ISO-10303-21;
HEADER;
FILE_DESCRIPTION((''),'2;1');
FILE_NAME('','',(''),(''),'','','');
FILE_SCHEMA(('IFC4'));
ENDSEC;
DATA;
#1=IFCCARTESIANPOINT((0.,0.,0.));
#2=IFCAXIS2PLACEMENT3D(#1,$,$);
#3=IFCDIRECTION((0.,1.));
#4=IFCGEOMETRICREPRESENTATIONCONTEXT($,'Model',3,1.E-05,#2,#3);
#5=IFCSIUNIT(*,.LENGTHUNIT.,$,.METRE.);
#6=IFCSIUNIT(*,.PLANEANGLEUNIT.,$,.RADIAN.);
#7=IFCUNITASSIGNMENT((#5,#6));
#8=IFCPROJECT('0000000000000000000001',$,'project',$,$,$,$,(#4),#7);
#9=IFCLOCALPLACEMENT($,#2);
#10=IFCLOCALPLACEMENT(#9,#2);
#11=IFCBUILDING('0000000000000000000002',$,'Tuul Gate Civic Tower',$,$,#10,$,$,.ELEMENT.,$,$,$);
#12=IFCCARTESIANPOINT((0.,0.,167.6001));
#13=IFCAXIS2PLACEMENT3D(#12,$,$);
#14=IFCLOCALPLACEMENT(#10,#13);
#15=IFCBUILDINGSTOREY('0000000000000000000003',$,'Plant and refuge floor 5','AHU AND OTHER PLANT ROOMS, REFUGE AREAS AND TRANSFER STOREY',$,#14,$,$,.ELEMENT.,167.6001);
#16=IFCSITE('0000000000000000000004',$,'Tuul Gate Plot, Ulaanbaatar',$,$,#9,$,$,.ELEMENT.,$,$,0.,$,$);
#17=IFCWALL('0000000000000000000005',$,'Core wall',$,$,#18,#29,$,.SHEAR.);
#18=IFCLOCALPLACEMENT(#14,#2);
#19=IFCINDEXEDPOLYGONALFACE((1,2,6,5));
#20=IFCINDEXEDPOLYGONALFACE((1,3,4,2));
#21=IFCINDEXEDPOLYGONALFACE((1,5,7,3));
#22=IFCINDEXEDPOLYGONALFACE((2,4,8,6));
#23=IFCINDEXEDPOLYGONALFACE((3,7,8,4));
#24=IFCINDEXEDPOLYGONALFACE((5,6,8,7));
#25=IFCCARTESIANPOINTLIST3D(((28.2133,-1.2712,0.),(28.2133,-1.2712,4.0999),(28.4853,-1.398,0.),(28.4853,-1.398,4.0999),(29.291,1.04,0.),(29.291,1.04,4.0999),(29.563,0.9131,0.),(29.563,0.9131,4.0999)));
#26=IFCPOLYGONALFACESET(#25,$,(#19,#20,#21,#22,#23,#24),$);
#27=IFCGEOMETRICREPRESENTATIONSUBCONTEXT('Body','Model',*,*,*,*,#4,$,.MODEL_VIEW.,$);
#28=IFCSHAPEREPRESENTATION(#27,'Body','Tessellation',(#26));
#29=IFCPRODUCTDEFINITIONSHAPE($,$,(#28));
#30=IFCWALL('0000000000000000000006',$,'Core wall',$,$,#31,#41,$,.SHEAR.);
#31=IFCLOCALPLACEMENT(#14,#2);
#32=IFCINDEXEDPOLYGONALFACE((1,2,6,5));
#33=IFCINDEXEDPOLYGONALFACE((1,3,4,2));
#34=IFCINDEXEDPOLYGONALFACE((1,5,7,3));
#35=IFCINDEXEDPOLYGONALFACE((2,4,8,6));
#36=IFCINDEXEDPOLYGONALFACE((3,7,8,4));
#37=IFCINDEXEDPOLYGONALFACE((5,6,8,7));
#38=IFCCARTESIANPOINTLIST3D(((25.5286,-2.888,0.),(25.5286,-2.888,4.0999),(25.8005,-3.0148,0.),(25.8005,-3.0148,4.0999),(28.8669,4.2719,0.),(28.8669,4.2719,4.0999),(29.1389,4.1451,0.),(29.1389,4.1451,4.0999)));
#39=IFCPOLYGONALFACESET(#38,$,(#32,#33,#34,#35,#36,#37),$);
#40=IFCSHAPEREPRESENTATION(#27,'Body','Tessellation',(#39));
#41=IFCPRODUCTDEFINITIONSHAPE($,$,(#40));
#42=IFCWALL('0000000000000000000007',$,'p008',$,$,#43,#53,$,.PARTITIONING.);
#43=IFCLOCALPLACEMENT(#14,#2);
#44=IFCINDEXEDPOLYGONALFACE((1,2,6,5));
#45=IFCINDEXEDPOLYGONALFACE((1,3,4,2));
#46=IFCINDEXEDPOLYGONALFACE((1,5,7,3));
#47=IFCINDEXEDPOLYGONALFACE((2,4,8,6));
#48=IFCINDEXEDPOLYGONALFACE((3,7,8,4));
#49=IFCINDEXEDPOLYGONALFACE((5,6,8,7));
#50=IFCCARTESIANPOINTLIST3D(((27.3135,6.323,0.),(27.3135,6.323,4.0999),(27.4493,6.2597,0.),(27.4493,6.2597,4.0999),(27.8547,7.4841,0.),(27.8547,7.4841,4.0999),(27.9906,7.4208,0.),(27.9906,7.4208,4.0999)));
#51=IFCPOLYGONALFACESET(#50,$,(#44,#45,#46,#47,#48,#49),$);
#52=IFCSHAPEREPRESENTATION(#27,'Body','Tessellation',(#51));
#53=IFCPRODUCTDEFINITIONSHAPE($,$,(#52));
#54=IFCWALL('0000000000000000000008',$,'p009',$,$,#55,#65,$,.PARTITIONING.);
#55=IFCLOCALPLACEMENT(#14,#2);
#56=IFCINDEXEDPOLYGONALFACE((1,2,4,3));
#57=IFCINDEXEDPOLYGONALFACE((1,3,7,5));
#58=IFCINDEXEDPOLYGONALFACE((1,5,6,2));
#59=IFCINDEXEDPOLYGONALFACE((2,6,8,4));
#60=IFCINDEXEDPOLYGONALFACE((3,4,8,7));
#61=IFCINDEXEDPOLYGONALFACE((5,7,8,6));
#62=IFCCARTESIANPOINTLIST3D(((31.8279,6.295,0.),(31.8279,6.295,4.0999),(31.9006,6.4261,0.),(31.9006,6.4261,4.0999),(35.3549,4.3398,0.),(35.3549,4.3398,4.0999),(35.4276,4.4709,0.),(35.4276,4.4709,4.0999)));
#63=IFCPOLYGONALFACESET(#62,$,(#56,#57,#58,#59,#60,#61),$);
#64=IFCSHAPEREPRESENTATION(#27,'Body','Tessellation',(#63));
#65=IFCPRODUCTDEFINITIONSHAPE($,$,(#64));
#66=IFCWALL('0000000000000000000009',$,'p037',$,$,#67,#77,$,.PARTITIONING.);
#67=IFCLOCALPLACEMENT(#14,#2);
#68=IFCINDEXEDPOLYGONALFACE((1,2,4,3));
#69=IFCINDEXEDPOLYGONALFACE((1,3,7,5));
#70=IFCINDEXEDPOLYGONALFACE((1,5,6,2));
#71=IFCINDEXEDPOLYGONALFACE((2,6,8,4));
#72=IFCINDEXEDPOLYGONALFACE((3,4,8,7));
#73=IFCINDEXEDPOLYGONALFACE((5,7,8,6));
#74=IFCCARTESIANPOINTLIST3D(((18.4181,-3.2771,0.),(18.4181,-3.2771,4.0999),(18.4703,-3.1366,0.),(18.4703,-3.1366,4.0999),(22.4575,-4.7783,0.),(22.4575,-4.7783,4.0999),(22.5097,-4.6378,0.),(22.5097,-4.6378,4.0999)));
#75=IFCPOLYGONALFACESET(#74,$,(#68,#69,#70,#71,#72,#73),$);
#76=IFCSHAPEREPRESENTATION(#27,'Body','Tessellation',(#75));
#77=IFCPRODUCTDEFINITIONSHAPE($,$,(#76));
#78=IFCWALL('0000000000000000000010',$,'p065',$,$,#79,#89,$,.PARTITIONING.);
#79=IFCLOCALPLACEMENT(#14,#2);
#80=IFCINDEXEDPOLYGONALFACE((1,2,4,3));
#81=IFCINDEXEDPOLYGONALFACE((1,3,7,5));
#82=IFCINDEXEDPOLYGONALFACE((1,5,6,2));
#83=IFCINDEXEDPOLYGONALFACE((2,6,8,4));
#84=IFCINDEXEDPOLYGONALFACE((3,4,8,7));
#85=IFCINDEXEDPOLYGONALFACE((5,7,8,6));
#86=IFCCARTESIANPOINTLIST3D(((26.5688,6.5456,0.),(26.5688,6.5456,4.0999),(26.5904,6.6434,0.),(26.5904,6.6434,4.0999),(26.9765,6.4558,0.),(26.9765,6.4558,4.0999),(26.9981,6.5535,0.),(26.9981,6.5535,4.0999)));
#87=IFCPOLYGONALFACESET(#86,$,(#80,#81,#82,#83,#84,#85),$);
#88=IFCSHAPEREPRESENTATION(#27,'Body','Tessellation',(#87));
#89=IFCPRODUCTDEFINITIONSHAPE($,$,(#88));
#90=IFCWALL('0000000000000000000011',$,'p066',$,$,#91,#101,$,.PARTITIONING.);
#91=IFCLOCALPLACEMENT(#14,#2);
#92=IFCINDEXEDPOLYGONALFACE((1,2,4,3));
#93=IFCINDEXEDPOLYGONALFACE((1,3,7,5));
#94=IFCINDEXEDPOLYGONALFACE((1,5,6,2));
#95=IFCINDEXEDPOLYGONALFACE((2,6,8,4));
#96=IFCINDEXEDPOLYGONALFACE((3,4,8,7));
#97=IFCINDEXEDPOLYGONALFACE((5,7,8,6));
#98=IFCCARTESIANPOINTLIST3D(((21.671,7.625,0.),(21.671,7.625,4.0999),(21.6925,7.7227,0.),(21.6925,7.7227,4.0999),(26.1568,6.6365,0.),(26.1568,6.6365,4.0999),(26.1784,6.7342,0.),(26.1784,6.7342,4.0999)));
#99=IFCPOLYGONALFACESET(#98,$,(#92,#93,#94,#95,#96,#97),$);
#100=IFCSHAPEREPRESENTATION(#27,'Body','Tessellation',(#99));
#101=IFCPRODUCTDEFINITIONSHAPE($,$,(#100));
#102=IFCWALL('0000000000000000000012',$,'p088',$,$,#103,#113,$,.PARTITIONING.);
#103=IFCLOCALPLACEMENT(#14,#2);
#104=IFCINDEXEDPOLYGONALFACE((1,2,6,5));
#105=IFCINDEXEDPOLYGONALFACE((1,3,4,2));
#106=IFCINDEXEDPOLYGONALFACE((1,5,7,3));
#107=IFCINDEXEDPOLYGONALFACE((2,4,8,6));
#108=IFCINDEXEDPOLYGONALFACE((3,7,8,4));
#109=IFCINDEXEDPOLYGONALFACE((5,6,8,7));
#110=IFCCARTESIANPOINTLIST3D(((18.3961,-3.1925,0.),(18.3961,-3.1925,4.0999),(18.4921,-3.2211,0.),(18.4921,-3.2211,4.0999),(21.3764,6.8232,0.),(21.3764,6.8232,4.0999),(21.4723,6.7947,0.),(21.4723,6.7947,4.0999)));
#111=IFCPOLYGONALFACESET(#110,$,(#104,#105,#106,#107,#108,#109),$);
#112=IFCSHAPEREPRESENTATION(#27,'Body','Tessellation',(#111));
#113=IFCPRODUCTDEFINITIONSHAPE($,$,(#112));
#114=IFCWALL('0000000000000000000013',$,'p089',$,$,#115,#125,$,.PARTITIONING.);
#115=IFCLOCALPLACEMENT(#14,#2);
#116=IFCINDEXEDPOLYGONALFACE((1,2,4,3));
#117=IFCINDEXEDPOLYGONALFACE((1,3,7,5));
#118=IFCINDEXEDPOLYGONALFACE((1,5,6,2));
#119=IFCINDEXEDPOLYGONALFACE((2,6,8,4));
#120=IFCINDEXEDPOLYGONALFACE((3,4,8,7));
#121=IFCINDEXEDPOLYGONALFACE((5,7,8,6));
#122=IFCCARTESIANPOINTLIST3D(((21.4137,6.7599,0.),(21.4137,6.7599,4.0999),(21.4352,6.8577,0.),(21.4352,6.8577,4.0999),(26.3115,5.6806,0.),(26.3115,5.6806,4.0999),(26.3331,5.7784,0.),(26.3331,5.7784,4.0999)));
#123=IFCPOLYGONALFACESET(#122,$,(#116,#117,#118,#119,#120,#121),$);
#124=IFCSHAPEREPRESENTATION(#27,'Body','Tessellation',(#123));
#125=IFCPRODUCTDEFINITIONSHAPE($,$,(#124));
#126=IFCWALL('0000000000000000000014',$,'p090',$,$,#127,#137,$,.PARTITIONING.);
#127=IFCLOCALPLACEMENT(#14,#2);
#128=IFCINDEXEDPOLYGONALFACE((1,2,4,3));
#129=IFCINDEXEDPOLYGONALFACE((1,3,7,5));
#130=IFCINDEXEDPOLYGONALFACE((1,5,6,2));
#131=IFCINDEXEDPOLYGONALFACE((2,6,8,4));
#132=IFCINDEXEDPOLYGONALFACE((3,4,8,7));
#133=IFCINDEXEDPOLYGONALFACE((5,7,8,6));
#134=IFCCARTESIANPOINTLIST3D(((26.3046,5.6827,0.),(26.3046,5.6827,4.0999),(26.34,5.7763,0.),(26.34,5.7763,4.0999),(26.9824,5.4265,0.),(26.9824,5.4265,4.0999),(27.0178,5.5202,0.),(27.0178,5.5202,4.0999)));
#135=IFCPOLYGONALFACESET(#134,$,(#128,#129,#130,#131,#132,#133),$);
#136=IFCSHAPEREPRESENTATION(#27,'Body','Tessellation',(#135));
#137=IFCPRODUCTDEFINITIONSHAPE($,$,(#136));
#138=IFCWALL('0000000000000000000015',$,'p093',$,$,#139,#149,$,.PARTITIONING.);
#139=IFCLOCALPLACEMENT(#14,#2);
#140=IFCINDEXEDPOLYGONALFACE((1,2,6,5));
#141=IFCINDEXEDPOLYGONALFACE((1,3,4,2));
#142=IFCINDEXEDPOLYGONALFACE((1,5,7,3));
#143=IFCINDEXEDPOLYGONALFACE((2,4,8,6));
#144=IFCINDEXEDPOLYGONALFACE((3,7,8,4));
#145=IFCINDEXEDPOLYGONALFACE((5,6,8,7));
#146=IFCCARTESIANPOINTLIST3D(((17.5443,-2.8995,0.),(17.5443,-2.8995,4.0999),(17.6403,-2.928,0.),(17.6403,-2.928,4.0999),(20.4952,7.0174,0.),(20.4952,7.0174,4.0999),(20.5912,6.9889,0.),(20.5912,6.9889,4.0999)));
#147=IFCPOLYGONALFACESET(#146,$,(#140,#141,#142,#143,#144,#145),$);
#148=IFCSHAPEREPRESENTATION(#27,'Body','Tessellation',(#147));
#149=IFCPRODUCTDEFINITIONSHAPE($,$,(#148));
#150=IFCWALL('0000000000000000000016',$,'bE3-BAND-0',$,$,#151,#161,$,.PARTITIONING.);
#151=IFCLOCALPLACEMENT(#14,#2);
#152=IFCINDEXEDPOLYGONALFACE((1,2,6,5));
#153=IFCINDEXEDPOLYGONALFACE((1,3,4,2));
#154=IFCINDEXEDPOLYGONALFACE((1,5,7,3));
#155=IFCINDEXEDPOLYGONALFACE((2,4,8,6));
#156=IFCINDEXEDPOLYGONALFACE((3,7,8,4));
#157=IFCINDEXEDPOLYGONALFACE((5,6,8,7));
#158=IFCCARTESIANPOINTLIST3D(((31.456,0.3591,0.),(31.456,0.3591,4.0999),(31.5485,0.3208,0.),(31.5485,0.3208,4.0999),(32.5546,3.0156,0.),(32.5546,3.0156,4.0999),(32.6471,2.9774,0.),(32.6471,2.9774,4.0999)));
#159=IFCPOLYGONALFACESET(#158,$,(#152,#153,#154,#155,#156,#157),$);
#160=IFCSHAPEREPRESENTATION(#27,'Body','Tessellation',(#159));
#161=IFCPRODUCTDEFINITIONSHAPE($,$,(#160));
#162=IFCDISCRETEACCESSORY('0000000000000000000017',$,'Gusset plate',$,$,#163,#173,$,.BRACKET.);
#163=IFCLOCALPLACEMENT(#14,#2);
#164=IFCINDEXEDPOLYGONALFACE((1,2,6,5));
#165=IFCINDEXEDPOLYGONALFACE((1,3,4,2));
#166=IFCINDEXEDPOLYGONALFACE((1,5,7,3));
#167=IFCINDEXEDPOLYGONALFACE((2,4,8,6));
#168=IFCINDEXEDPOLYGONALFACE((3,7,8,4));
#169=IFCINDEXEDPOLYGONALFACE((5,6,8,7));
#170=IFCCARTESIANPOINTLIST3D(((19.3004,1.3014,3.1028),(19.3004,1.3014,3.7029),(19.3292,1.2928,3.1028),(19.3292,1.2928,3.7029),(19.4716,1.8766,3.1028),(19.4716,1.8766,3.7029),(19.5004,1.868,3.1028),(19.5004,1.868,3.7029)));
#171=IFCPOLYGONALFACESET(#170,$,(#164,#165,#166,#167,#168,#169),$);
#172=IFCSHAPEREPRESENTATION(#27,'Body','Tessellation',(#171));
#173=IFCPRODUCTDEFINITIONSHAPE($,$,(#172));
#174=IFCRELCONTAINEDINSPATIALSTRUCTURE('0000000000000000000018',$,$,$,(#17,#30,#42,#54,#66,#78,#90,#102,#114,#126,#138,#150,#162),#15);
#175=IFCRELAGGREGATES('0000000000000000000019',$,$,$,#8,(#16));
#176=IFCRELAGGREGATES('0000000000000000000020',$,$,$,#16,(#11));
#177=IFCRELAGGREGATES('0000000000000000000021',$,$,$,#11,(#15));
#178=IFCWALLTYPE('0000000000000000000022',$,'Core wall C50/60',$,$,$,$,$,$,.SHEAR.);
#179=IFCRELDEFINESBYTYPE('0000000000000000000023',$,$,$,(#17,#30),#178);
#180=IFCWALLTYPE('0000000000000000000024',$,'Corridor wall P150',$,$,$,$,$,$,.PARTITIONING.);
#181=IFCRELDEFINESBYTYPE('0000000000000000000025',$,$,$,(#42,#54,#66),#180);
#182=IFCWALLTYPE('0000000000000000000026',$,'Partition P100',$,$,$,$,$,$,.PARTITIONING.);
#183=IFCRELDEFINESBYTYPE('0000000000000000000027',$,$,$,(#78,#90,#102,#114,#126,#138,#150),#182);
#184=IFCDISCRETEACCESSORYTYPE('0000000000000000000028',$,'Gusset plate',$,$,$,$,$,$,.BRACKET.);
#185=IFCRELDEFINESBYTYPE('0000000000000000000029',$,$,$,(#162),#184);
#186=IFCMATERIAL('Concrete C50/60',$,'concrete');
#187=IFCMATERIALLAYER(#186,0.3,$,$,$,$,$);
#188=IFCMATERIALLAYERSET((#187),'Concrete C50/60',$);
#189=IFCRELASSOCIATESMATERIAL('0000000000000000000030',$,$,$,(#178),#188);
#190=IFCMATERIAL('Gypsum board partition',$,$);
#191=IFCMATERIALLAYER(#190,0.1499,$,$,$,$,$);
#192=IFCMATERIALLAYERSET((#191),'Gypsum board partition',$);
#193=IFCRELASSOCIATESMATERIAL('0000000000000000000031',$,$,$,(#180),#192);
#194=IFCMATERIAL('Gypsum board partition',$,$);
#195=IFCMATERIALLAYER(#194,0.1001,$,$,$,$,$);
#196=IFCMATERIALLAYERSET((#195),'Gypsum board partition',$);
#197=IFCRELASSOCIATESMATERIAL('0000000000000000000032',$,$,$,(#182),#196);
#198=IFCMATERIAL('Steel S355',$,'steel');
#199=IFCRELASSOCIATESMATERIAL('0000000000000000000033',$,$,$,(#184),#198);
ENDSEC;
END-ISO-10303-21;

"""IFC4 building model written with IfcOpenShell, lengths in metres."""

from ifc_helpers import new_model, si_unit, direction, frame, frame_2d, origin, origin_2d, place, context, subcontext, project, spatial, rectangle, extrude, material, layer, layer_set, type_object, element, save


model = new_model("IFC4")

# Units and contexts
model_context = context("Model", 3, precision=1e-05, world=origin(), true_north=direction((0.0, 1.0)))
body_context = subcontext(model_context, "Body", "Model", "MODEL_VIEW")
ifc_project = project(units=[si_unit("LENGTHUNIT", "METRE"), si_unit("PLANEANGLEUNIT", "RADIAN")], contexts=[model_context])

# Site, building, storey
site_placement = place(None, origin())
site = spatial("IfcSite", under=ifc_project, at=site_placement, Name="Tuul Gate Plot, Ulaanbaatar", CompositionType="ELEMENT", RefElevation=0.0)
building_placement = place(site_placement, origin())
building = spatial("IfcBuilding", under=site, at=building_placement, Name="Tuul Gate Civic Tower", CompositionType="ELEMENT")
storey_placement = place(building_placement, frame((0.0, 0.0, 167.6001)))
storey = spatial("IfcBuildingStorey", under=building, at=storey_placement, Name="Plant and refuge floor 5", Description="AHU AND OTHER PLANT ROOMS, REFUGE AREAS AND TRANSFER STOREY", CompositionType="ELEMENT", Elevation=167.6001)

# Walls
ifc_material_1 = material(Name="Concrete C50/60", Category="concrete")
ifc_layer_1 = layer(ifc_material_1, 0.3)
ifc_layer_set_1 = layer_set([ifc_layer_1], Name="Concrete C50/60")
wall_type_1 = type_object("IfcWallType", Name="Core wall C50/60", PredefinedType="SHEAR", material=ifc_layer_set_1)
for number, where, z_axis, x_axis, name in (
    (1, (28.3494, -1.3345, 0.0), (0.0, 0.0, 1.0), (0.422613, 0.90631, 0.0), "Core wall"),
):
    element("IfcWall", number, at=place(storey_placement, frame(where, z_axis=z_axis, x_axis=x_axis)), inside=storey, type_object=wall_type_1, Name=name, PredefinedType="SHEAR", context=body_context, shape_type="SweptSolid", body=[
        extrude(rectangle(XDim=2.55, YDim=0.3, at=frame_2d((1.2749, 0.0))), origin(), (0.0, 0.0, 1.0), 4.0999),
    ])
wall_1_placement = place(storey_placement, frame((25.6646, -2.9514, 0.0), z_axis=(0.0, 0.0, 1.0), x_axis=(0.422583, 0.906324, 0.0)))
element("IfcWall", 2, at=wall_1_placement, inside=storey, type_object=wall_type_1, Name="Core wall", PredefinedType="SHEAR", context=body_context, shape_type="SweptSolid", body=[
    extrude(rectangle(XDim=7.8999, YDim=0.3, at=frame_2d((3.95, 0.0))), origin(), (0.0, 0.0, 1.0), 4.0999),
])
ifc_material_2 = material(Name="Gypsum board partition")
ifc_layer_2 = layer(ifc_material_2, 0.1499)
ifc_layer_set_2 = layer_set([ifc_layer_2], Name="Gypsum board partition")
wall_type_2 = type_object("IfcWallType", Name="Corridor wall P150", PredefinedType="PARTITIONING", material=ifc_layer_set_2)
wall_2_placement = place(storey_placement, frame((27.3813, 6.2913, 0.0), z_axis=(0.0, 0.0, 1.0), x_axis=(0.422499, 0.906363, 0.0)))
element("IfcWall", 3, at=wall_2_placement, inside=storey, type_object=wall_type_2, Name="p008", PredefinedType="PARTITIONING", context=body_context, shape_type="SweptSolid", body=[
    extrude(rectangle(XDim=1.281, YDim=0.1499, at=frame_2d((0.6406, 0.0))), origin(), (0.0, 0.0, 1.0), 4.0999),
])
wall_3_placement = place(storey_placement, frame((31.8643, 6.3606, 0.0), z_axis=(0.0, 0.0, 1.0), x_axis=(0.874597, -0.484851, 0.0)))
element("IfcWall", 4, at=wall_3_placement, inside=storey, type_object=wall_type_2, Name="p009", PredefinedType="PARTITIONING", context=body_context, shape_type="SweptSolid", body=[
    extrude(rectangle(XDim=4.0327, YDim=0.1499, at=frame_2d((2.0164, 0.0))), origin(), (0.0, 0.0, 1.0), 4.0999),
])
wall_4_placement = place(storey_placement, frame((18.4441, -3.2068, 0.0), z_axis=(0.0, 0.0, 1.0), x_axis=(0.937357, -0.348371, 0.0)))
element("IfcWall", 5, at=wall_4_placement, inside=storey, type_object=wall_type_2, Name="p037", PredefinedType="PARTITIONING", context=body_context, shape_type="SweptSolid", body=[
    extrude(rectangle(XDim=4.3093, YDim=0.1499, at=frame_2d((2.1548, 0.0))), origin(), (0.0, 0.0, 1.0), 4.0999),
])
ifc_material_3 = material(Name="Gypsum board partition")
ifc_layer_3 = layer(ifc_material_3, 0.1001)
ifc_layer_set_3 = layer_set([ifc_layer_3], Name="Gypsum board partition")
wall_type_3 = type_object("IfcWallType", Name="Partition P100", PredefinedType="PARTITIONING", material=ifc_layer_set_3)
wall_5_placement = place(storey_placement, frame((26.9873, 6.5046, 0.0), z_axis=(0.0, 0.0, 1.0), x_axis=(-0.976571, 0.215196, 0.0)))
element("IfcWall", 6, at=wall_5_placement, inside=storey, type_object=wall_type_3, Name="p065", PredefinedType="PARTITIONING", context=body_context, shape_type="SweptSolid", body=[
    extrude(rectangle(XDim=0.4175, YDim=0.1001, at=frame_2d((0.2087, 0.0))), origin(), (0.0, 0.0, 1.0), 4.0999),
])
wall_6_placement = place(storey_placement, frame((26.1677, 6.6853, 0.0), z_axis=(0.0, 0.0, 1.0), x_axis=(-0.976569, 0.215202, 0.0)))
element("IfcWall", 7, at=wall_6_placement, inside=storey, type_object=wall_type_3, Name="p066", PredefinedType="PARTITIONING", context=body_context, shape_type="SweptSolid", body=[
    extrude(rectangle(XDim=4.5935, YDim=0.1001, at=frame_2d((2.2969, 0.0))), origin(), (0.0, 0.0, 1.0), 4.0999),
])
wall_7_placement = place(storey_placement, frame((18.4441, -3.2068, 0.0), z_axis=(0.0, 0.0, 1.0), x_axis=(0.285199, 0.958468, 0.0)))
element("IfcWall", 8, at=wall_7_placement, inside=storey, type_object=wall_type_3, Name="p088", PredefinedType="PARTITIONING", context=body_context, shape_type="SweptSolid", body=[
    extrude(rectangle(XDim=10.4497, YDim=0.1001, at=frame_2d((5.2249, 0.0))), origin(), (0.0, 0.0, 1.0), 4.0999),
])
wall_8_placement = place(storey_placement, frame((21.4243, 6.8088, 0.0), z_axis=(0.0, 0.0, 1.0), x_axis=(0.976569, -0.215203, 0.0)))
element("IfcWall", 9, at=wall_8_placement, inside=storey, type_object=wall_type_3, Name="p089", PredefinedType="PARTITIONING", context=body_context, shape_type="SweptSolid", body=[
    extrude(rectangle(XDim=5.0154, YDim=0.1001, at=frame_2d((2.5078, 0.0))), origin(), (0.0, 0.0, 1.0), 4.0999),
])
wall_9_placement = place(storey_placement, frame((26.3223, 5.7295, 0.0), z_axis=(0.0, 0.0, 1.0), x_axis=(0.93544, -0.353486, 0.0)))
element("IfcWall", 10, at=wall_9_placement, inside=storey, type_object=wall_type_3, Name="p090", PredefinedType="PARTITIONING", context=body_context, shape_type="SweptSolid", body=[
    extrude(rectangle(XDim=0.7246, YDim=0.1001, at=frame_2d((0.3623, 0.0))), origin(), (0.0, 0.0, 1.0), 4.0999),
])
wall_10_placement = place(storey_placement, frame((20.5432, 7.0032, 0.0), z_axis=(0.0, 0.0, 1.0), x_axis=(-0.285204, -0.958467, 0.0)))
element("IfcWall", 11, at=wall_10_placement, inside=storey, type_object=wall_type_3, Name="p093", PredefinedType="PARTITIONING", context=body_context, shape_type="SweptSolid", body=[
    extrude(rectangle(XDim=10.3467, YDim=0.1001, at=frame_2d((5.1733, 0.0))), origin(), (0.0, 0.0, 1.0), 4.0999),
])
wall_11_placement = place(storey_placement, frame((31.5022, 0.3398, 0.0), z_axis=(0.0, 0.0, 1.0), x_axis=(0.382172, 0.924091, 0.0)))
element("IfcWall", 12, at=wall_11_placement, inside=storey, type_object=wall_type_3, Name="bE3-BAND-0", PredefinedType="PARTITIONING", context=body_context, shape_type="SweptSolid", body=[
    extrude(rectangle(XDim=2.8748, YDim=0.1001, at=frame_2d((1.4375, 0.0))), origin(), (0.0, 0.0, 1.0), 4.0999),
])

# Discrete accessory
ifc_material_4 = material(Name="Steel S355", Category="steel")
discrete_accessory_type = type_object("IfcDiscreteAccessoryType", Name="Gusset plate", PredefinedType="BRACKET", material=ifc_material_4)
discrete_accessory_placement = place(storey_placement, frame((19.4004, 1.5847, 3.1028), z_axis=(0.0, 0.0, 1.0), x_axis=(0.285212, 0.958464, 0.0)))
element("IfcDiscreteAccessory", 13, at=discrete_accessory_placement, inside=storey, type_object=discrete_accessory_type, Name="Gusset plate", PredefinedType="BRACKET", context=body_context, shape_type="SweptSolid", body=[
    extrude(rectangle(XDim=0.6001, YDim=0.03, at=origin_2d()), origin(), (0.0, 0.0, 1.0), 0.6001),
])

save(model, "model.ifc")
